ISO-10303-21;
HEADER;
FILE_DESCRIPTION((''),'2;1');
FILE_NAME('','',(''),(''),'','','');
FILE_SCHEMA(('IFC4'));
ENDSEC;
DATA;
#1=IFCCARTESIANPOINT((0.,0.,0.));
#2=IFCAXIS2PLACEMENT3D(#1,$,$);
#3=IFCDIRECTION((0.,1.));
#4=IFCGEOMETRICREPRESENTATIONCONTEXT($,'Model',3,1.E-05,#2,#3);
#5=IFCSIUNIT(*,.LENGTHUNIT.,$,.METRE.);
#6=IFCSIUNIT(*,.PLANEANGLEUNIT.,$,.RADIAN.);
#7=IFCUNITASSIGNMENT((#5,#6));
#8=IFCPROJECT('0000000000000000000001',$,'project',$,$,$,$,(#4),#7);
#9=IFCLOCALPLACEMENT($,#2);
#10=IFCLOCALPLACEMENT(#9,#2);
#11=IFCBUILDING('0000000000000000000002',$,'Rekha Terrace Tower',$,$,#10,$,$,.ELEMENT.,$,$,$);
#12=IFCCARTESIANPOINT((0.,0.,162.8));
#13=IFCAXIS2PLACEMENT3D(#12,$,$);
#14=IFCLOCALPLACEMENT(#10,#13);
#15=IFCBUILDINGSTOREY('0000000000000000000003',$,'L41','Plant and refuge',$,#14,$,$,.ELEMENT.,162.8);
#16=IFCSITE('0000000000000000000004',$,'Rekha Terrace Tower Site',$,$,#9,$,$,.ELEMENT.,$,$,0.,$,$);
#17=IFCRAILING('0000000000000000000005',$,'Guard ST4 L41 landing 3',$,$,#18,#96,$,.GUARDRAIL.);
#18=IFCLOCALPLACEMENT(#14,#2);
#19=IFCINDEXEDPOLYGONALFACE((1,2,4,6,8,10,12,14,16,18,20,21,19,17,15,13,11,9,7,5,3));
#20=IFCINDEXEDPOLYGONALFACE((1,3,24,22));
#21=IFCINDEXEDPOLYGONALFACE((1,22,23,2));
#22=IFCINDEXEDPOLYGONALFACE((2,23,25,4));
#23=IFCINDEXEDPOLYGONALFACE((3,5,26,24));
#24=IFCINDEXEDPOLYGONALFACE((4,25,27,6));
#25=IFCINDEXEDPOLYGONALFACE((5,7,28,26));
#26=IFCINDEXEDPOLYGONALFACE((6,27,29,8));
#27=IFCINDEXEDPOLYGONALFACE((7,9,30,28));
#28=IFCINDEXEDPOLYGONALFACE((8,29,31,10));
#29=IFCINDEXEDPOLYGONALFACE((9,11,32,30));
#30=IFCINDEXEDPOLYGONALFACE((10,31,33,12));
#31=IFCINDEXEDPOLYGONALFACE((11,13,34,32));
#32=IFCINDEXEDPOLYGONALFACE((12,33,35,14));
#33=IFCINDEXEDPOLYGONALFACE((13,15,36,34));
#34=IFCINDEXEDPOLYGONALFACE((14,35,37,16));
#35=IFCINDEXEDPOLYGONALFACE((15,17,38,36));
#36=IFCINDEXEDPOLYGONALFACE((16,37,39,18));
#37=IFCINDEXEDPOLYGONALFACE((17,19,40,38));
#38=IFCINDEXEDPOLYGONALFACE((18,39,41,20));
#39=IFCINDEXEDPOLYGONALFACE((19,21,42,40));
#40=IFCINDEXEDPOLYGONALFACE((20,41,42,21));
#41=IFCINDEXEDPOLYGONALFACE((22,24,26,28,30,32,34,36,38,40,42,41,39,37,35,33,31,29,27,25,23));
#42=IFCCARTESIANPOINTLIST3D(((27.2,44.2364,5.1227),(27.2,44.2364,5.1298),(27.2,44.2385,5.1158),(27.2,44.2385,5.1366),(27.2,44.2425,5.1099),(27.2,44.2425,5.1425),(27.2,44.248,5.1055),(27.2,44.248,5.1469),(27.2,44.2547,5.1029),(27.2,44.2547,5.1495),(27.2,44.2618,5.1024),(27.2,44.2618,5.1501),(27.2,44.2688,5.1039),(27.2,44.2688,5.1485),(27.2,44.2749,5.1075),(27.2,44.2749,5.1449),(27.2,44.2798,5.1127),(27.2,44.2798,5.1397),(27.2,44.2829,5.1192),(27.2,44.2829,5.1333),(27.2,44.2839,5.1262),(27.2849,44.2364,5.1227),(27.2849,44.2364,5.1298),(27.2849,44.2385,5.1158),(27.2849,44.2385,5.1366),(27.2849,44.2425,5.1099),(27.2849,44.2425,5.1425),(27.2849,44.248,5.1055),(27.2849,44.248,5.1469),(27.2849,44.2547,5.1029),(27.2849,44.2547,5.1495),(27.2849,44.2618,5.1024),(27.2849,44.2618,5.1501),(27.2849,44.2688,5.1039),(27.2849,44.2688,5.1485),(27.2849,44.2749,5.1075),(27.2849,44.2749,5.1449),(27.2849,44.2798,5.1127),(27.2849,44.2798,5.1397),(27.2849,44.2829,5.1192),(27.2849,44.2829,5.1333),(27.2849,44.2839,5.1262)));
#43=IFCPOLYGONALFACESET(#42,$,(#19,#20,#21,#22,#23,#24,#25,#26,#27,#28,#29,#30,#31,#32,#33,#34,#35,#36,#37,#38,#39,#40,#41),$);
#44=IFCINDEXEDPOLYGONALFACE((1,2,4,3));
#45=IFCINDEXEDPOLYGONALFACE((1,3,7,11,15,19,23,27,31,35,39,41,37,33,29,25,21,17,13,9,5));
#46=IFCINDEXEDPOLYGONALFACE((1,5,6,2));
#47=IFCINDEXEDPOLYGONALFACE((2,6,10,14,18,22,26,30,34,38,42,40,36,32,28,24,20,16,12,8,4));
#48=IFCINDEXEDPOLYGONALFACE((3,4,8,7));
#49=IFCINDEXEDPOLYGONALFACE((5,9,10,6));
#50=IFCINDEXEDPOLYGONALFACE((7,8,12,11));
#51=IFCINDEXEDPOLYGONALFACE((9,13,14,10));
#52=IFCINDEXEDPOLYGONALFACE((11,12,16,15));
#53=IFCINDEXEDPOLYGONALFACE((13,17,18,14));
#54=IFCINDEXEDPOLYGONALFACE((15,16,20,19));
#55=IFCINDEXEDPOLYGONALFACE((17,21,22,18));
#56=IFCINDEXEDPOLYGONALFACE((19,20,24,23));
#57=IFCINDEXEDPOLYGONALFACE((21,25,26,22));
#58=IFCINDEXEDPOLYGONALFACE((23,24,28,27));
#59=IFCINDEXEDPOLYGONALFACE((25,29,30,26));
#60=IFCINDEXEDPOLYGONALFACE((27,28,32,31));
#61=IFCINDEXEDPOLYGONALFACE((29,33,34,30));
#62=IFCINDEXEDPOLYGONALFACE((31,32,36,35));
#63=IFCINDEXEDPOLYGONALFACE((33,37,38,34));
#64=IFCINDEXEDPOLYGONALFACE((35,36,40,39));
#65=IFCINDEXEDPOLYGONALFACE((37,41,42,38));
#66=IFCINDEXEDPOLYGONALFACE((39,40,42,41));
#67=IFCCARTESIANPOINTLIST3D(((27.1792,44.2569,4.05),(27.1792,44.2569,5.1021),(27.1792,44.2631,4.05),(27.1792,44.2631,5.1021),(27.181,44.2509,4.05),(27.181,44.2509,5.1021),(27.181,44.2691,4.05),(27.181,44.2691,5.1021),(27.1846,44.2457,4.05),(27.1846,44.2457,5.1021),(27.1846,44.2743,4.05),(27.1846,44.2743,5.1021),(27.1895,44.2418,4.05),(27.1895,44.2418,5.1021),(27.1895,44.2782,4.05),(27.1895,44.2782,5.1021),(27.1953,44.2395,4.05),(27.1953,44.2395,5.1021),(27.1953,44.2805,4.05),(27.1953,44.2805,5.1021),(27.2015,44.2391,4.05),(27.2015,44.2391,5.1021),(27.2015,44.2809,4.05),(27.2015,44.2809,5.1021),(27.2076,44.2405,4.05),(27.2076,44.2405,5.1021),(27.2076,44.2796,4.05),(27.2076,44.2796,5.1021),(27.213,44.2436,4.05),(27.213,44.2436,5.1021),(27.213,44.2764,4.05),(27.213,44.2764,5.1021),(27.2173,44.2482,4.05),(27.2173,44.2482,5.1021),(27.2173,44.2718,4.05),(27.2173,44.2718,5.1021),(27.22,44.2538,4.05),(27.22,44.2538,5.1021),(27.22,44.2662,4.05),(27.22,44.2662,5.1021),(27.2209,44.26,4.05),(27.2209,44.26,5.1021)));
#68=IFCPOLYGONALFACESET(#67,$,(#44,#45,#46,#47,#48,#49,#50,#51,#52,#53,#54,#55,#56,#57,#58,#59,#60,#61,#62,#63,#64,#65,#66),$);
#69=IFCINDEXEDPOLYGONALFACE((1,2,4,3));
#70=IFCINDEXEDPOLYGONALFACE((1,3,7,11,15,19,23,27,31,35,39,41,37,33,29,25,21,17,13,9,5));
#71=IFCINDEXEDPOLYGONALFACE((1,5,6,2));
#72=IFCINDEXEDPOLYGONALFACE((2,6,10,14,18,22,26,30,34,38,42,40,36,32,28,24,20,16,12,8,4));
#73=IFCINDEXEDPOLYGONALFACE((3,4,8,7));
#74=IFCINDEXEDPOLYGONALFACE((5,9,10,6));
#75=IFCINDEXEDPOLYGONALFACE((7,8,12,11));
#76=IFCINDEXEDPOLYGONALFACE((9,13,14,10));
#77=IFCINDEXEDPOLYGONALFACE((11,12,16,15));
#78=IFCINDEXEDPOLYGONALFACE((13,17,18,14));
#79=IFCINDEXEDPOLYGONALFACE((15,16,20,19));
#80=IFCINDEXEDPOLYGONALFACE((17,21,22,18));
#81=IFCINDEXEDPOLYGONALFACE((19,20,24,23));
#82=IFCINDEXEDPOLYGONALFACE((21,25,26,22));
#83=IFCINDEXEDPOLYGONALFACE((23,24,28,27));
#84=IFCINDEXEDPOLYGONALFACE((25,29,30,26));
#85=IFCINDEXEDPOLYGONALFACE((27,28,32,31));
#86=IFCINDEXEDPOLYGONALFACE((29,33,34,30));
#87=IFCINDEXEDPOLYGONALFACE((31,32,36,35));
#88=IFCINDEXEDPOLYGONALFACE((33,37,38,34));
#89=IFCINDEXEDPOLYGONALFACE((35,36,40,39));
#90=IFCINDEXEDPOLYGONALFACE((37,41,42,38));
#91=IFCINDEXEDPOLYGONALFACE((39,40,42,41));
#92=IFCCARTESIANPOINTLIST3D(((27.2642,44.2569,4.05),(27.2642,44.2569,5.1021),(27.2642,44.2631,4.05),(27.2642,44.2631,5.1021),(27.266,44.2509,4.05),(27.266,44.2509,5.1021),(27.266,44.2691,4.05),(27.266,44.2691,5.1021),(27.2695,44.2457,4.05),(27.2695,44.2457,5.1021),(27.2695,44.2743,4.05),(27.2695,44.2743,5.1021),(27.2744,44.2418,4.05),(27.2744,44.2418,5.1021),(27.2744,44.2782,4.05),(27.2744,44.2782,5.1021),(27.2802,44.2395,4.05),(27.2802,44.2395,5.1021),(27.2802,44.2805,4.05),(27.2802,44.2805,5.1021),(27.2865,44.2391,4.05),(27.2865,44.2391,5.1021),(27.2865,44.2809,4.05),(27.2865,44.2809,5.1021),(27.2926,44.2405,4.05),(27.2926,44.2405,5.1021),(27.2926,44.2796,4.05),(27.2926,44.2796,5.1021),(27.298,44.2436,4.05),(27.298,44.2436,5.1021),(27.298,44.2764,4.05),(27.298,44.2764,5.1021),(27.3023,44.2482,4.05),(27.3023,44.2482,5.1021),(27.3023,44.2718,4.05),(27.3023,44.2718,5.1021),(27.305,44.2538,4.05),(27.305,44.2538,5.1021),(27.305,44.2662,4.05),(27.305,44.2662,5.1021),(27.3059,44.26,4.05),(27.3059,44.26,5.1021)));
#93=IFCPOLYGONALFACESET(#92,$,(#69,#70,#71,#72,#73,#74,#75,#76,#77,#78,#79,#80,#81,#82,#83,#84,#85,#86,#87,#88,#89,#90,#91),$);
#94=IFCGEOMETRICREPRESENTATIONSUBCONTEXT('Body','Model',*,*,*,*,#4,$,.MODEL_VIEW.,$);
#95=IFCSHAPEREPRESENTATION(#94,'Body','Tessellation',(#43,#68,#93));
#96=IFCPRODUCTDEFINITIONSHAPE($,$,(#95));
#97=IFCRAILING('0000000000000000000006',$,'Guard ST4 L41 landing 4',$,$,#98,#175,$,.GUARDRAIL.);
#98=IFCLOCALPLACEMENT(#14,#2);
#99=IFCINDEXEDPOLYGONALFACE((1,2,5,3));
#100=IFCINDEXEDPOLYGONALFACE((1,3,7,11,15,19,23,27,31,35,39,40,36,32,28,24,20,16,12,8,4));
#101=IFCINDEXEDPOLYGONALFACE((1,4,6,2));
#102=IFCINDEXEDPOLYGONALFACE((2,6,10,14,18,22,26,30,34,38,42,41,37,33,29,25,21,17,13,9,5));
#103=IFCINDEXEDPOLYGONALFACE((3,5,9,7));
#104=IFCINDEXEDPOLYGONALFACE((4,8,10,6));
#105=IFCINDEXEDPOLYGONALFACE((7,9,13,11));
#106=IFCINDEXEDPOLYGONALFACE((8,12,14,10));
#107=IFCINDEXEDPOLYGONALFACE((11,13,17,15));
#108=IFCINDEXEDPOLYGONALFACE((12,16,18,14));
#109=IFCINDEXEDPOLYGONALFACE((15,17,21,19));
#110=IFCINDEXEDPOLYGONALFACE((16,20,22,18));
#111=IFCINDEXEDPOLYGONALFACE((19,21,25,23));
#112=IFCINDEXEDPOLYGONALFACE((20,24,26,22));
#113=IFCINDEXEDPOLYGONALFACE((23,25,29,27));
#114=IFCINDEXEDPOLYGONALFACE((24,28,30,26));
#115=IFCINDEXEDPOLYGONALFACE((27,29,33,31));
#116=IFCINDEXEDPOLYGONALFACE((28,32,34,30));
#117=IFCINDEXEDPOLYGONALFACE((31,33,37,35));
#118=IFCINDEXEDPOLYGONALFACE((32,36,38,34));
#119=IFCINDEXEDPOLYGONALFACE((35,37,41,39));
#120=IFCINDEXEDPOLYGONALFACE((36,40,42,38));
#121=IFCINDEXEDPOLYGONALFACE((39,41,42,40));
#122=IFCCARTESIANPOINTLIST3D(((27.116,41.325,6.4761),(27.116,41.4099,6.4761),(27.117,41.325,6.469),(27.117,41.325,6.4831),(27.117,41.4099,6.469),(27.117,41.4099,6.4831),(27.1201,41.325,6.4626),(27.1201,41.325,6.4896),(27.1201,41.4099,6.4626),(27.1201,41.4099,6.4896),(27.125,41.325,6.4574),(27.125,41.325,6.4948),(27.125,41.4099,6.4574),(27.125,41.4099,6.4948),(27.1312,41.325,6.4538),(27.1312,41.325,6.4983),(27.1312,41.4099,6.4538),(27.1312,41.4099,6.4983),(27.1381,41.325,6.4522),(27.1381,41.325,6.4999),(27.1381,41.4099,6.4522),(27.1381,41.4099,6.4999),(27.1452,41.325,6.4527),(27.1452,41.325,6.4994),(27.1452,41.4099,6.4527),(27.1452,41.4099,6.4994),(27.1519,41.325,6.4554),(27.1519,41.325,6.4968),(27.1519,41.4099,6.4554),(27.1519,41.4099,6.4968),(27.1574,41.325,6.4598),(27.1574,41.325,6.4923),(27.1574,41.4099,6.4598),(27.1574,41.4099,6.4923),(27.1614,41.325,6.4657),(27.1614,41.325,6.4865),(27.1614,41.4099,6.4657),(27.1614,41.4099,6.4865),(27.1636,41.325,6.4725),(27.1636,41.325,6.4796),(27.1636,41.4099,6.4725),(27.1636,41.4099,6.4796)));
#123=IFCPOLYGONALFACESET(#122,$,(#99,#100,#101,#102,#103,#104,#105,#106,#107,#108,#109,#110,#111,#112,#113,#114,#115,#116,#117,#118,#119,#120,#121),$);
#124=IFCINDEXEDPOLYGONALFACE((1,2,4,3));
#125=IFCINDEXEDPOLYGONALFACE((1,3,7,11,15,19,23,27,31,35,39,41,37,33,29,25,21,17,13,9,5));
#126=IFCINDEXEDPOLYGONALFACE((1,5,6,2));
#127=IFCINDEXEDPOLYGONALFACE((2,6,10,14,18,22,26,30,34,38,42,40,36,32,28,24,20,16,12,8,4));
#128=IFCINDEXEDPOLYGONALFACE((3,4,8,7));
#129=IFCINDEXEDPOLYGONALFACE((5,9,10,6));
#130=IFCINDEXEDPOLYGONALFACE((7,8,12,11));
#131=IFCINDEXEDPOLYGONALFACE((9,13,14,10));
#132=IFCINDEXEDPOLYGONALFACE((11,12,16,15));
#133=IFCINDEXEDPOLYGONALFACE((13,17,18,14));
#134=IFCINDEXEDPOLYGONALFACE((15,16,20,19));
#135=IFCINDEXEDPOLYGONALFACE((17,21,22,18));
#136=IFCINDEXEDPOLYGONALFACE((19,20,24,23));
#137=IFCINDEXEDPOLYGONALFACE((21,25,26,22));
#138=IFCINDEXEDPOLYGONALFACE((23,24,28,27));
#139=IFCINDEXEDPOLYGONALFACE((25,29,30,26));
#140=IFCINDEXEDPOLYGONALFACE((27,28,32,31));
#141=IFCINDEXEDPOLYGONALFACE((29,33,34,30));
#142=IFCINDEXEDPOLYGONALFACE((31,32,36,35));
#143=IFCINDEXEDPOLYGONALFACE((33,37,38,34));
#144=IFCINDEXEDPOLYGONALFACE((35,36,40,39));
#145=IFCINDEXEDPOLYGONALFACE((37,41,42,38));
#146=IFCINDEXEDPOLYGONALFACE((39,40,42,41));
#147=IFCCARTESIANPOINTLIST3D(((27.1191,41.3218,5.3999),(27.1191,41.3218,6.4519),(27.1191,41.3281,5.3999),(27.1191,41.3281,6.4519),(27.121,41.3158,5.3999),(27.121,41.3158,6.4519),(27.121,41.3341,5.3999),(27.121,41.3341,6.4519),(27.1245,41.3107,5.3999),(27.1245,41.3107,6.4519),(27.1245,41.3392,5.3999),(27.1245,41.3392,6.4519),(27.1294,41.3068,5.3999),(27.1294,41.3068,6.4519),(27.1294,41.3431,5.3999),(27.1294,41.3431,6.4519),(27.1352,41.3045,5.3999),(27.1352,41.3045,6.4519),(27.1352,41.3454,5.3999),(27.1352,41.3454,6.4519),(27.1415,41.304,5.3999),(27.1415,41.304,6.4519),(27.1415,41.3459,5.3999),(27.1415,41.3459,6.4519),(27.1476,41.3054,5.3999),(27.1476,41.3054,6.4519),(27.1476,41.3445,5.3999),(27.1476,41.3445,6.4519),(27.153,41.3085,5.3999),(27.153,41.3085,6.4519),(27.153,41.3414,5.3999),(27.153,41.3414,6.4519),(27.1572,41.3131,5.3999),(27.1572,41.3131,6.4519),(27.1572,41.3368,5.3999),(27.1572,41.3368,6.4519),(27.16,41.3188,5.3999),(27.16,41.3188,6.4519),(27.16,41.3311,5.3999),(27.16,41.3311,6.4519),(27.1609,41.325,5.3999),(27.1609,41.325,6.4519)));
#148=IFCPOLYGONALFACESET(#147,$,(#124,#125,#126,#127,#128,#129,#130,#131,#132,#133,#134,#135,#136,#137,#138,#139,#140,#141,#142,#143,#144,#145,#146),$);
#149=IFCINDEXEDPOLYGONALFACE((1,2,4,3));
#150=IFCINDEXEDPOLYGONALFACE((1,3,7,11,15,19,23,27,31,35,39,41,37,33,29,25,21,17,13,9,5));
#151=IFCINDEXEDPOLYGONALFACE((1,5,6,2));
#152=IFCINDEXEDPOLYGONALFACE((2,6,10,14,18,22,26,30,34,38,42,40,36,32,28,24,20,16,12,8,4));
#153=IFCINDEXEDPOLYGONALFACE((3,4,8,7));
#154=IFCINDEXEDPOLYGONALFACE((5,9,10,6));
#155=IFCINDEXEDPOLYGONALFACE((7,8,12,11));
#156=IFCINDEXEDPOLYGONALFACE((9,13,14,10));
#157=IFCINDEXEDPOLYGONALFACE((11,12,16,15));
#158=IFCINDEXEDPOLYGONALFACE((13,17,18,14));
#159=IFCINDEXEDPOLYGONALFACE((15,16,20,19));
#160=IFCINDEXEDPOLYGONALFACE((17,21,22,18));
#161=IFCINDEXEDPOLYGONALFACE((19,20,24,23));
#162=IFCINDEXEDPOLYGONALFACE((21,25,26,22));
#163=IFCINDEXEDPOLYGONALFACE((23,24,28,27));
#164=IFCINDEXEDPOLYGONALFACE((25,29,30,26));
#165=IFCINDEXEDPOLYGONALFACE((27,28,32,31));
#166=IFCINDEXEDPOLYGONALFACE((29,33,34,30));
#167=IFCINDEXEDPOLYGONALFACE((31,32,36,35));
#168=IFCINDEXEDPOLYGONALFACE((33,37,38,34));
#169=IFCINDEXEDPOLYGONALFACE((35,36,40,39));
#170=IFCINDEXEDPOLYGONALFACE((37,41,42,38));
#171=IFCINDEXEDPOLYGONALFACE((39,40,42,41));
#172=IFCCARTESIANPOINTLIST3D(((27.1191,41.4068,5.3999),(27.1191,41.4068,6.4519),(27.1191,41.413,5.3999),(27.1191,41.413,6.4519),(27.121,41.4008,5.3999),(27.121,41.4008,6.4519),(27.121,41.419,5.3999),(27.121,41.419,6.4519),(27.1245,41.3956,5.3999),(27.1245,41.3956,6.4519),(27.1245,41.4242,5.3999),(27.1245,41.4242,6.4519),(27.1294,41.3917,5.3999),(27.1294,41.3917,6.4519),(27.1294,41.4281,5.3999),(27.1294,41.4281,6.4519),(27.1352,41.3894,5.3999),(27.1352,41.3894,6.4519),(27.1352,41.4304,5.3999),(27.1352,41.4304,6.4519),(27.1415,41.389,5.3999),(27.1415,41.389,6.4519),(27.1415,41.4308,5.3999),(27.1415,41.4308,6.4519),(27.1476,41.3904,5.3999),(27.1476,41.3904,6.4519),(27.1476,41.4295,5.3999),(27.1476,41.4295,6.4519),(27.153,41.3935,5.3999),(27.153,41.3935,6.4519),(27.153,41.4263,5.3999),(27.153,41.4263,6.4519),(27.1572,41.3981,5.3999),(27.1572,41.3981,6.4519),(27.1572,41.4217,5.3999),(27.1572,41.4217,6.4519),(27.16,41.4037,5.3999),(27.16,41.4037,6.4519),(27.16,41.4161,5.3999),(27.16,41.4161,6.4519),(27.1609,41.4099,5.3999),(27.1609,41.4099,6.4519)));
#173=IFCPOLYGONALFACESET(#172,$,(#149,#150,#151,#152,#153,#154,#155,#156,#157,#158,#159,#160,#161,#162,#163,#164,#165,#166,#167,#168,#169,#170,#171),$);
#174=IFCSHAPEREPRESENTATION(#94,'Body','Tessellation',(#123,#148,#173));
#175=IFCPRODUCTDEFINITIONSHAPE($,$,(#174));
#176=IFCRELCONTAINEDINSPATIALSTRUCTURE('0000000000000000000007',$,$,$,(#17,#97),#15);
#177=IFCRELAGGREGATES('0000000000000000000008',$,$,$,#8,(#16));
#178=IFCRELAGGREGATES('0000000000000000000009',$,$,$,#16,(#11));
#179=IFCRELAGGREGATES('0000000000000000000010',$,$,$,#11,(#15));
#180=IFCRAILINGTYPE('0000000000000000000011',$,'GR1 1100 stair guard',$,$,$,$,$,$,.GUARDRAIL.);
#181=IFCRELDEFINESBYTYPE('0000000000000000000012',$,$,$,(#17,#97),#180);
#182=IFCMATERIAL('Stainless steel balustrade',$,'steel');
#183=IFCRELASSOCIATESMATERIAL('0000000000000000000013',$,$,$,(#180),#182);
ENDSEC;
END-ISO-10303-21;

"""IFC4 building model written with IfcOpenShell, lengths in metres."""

from ifc_helpers import new_model, si_unit, direction, frame, origin, origin_2d, place, context, subcontext, project, spatial, circle, extrude, material, type_object, element, save


model = new_model("IFC4")

# Units and contexts
model_context = context("Model", 3, precision=1e-05, world=origin(), true_north=direction((0.0, 1.0)))
body_context = subcontext(model_context, "Body", "Model", "MODEL_VIEW")
ifc_project = project(units=[si_unit("LENGTHUNIT", "METRE"), si_unit("PLANEANGLEUNIT", "RADIAN")], contexts=[model_context])

# Site, building, storey
site_placement = place(None, origin())
site = spatial("IfcSite", under=ifc_project, at=site_placement, Name="Rekha Terrace Tower Site", CompositionType="ELEMENT", RefElevation=0.0)
building_placement = place(site_placement, origin())
building = spatial("IfcBuilding", under=site, at=building_placement, Name="Rekha Terrace Tower", CompositionType="ELEMENT")
storey_placement = place(building_placement, frame((0.0, 0.0, 162.8)))
storey = spatial("IfcBuildingStorey", under=building, at=storey_placement, Name="L41", Description="Plant and refuge", CompositionType="ELEMENT", Elevation=162.8)

# Railings
ifc_material_1 = material(Name="Stainless steel balustrade", Category="steel")
railing_type_1 = type_object("IfcRailingType", Name="GR1 1100 stair guard", PredefinedType="GUARDRAIL", material=ifc_material_1)
railing_1_placement = place(storey_placement, frame((27.2, 44.26, 4.05)))
element("IfcRailing", 1, at=railing_1_placement, inside=storey, type_object=railing_type_1, Name="Guard ST4 L41 landing 3", PredefinedType="GUARDRAIL", context=body_context, shape_type="SweptSolid", body=[
    extrude(circle(Radius=0.0239, at=origin_2d()), frame((0.0, 0.0, 1.0762), z_axis=(1.0, 0.0, 0.0), x_axis=(0.0, 1.0, 0.0)), (0.0, 0.0, 1.0), 0.085),
    extrude(circle(Radius=0.021, at=origin_2d()), origin(), (0.0, 0.0, 1.0), 1.052),
    extrude(circle(Radius=0.021, at=origin_2d()), frame((0.085, 0.0, 0.0)), (0.0, 0.0, 1.0), 1.052),
])
railing_2_placement = place(storey_placement, frame((27.1399, 41.325, 5.3999)))
element("IfcRailing", 2, at=railing_2_placement, inside=storey, type_object=railing_type_1, Name="Guard ST4 L41 landing 4", PredefinedType="GUARDRAIL", context=body_context, shape_type="SweptSolid", body=[
    extrude(circle(Radius=0.0239, at=origin_2d()), frame((0.0, 0.0, 1.0762), z_axis=(0.0, 1.0, 0.0), x_axis=(-1.0, 0.0, 0.0)), (0.0, 0.0, 1.0), 0.085),
    extrude(circle(Radius=0.021, at=origin_2d()), origin(), (0.0, 0.0, 1.0), 1.052),
    extrude(circle(Radius=0.021, at=origin_2d()), frame((0.0, 0.085, 0.0)), (0.0, 0.0, 1.0), 1.052),
])

save(model, "model.ifc")
